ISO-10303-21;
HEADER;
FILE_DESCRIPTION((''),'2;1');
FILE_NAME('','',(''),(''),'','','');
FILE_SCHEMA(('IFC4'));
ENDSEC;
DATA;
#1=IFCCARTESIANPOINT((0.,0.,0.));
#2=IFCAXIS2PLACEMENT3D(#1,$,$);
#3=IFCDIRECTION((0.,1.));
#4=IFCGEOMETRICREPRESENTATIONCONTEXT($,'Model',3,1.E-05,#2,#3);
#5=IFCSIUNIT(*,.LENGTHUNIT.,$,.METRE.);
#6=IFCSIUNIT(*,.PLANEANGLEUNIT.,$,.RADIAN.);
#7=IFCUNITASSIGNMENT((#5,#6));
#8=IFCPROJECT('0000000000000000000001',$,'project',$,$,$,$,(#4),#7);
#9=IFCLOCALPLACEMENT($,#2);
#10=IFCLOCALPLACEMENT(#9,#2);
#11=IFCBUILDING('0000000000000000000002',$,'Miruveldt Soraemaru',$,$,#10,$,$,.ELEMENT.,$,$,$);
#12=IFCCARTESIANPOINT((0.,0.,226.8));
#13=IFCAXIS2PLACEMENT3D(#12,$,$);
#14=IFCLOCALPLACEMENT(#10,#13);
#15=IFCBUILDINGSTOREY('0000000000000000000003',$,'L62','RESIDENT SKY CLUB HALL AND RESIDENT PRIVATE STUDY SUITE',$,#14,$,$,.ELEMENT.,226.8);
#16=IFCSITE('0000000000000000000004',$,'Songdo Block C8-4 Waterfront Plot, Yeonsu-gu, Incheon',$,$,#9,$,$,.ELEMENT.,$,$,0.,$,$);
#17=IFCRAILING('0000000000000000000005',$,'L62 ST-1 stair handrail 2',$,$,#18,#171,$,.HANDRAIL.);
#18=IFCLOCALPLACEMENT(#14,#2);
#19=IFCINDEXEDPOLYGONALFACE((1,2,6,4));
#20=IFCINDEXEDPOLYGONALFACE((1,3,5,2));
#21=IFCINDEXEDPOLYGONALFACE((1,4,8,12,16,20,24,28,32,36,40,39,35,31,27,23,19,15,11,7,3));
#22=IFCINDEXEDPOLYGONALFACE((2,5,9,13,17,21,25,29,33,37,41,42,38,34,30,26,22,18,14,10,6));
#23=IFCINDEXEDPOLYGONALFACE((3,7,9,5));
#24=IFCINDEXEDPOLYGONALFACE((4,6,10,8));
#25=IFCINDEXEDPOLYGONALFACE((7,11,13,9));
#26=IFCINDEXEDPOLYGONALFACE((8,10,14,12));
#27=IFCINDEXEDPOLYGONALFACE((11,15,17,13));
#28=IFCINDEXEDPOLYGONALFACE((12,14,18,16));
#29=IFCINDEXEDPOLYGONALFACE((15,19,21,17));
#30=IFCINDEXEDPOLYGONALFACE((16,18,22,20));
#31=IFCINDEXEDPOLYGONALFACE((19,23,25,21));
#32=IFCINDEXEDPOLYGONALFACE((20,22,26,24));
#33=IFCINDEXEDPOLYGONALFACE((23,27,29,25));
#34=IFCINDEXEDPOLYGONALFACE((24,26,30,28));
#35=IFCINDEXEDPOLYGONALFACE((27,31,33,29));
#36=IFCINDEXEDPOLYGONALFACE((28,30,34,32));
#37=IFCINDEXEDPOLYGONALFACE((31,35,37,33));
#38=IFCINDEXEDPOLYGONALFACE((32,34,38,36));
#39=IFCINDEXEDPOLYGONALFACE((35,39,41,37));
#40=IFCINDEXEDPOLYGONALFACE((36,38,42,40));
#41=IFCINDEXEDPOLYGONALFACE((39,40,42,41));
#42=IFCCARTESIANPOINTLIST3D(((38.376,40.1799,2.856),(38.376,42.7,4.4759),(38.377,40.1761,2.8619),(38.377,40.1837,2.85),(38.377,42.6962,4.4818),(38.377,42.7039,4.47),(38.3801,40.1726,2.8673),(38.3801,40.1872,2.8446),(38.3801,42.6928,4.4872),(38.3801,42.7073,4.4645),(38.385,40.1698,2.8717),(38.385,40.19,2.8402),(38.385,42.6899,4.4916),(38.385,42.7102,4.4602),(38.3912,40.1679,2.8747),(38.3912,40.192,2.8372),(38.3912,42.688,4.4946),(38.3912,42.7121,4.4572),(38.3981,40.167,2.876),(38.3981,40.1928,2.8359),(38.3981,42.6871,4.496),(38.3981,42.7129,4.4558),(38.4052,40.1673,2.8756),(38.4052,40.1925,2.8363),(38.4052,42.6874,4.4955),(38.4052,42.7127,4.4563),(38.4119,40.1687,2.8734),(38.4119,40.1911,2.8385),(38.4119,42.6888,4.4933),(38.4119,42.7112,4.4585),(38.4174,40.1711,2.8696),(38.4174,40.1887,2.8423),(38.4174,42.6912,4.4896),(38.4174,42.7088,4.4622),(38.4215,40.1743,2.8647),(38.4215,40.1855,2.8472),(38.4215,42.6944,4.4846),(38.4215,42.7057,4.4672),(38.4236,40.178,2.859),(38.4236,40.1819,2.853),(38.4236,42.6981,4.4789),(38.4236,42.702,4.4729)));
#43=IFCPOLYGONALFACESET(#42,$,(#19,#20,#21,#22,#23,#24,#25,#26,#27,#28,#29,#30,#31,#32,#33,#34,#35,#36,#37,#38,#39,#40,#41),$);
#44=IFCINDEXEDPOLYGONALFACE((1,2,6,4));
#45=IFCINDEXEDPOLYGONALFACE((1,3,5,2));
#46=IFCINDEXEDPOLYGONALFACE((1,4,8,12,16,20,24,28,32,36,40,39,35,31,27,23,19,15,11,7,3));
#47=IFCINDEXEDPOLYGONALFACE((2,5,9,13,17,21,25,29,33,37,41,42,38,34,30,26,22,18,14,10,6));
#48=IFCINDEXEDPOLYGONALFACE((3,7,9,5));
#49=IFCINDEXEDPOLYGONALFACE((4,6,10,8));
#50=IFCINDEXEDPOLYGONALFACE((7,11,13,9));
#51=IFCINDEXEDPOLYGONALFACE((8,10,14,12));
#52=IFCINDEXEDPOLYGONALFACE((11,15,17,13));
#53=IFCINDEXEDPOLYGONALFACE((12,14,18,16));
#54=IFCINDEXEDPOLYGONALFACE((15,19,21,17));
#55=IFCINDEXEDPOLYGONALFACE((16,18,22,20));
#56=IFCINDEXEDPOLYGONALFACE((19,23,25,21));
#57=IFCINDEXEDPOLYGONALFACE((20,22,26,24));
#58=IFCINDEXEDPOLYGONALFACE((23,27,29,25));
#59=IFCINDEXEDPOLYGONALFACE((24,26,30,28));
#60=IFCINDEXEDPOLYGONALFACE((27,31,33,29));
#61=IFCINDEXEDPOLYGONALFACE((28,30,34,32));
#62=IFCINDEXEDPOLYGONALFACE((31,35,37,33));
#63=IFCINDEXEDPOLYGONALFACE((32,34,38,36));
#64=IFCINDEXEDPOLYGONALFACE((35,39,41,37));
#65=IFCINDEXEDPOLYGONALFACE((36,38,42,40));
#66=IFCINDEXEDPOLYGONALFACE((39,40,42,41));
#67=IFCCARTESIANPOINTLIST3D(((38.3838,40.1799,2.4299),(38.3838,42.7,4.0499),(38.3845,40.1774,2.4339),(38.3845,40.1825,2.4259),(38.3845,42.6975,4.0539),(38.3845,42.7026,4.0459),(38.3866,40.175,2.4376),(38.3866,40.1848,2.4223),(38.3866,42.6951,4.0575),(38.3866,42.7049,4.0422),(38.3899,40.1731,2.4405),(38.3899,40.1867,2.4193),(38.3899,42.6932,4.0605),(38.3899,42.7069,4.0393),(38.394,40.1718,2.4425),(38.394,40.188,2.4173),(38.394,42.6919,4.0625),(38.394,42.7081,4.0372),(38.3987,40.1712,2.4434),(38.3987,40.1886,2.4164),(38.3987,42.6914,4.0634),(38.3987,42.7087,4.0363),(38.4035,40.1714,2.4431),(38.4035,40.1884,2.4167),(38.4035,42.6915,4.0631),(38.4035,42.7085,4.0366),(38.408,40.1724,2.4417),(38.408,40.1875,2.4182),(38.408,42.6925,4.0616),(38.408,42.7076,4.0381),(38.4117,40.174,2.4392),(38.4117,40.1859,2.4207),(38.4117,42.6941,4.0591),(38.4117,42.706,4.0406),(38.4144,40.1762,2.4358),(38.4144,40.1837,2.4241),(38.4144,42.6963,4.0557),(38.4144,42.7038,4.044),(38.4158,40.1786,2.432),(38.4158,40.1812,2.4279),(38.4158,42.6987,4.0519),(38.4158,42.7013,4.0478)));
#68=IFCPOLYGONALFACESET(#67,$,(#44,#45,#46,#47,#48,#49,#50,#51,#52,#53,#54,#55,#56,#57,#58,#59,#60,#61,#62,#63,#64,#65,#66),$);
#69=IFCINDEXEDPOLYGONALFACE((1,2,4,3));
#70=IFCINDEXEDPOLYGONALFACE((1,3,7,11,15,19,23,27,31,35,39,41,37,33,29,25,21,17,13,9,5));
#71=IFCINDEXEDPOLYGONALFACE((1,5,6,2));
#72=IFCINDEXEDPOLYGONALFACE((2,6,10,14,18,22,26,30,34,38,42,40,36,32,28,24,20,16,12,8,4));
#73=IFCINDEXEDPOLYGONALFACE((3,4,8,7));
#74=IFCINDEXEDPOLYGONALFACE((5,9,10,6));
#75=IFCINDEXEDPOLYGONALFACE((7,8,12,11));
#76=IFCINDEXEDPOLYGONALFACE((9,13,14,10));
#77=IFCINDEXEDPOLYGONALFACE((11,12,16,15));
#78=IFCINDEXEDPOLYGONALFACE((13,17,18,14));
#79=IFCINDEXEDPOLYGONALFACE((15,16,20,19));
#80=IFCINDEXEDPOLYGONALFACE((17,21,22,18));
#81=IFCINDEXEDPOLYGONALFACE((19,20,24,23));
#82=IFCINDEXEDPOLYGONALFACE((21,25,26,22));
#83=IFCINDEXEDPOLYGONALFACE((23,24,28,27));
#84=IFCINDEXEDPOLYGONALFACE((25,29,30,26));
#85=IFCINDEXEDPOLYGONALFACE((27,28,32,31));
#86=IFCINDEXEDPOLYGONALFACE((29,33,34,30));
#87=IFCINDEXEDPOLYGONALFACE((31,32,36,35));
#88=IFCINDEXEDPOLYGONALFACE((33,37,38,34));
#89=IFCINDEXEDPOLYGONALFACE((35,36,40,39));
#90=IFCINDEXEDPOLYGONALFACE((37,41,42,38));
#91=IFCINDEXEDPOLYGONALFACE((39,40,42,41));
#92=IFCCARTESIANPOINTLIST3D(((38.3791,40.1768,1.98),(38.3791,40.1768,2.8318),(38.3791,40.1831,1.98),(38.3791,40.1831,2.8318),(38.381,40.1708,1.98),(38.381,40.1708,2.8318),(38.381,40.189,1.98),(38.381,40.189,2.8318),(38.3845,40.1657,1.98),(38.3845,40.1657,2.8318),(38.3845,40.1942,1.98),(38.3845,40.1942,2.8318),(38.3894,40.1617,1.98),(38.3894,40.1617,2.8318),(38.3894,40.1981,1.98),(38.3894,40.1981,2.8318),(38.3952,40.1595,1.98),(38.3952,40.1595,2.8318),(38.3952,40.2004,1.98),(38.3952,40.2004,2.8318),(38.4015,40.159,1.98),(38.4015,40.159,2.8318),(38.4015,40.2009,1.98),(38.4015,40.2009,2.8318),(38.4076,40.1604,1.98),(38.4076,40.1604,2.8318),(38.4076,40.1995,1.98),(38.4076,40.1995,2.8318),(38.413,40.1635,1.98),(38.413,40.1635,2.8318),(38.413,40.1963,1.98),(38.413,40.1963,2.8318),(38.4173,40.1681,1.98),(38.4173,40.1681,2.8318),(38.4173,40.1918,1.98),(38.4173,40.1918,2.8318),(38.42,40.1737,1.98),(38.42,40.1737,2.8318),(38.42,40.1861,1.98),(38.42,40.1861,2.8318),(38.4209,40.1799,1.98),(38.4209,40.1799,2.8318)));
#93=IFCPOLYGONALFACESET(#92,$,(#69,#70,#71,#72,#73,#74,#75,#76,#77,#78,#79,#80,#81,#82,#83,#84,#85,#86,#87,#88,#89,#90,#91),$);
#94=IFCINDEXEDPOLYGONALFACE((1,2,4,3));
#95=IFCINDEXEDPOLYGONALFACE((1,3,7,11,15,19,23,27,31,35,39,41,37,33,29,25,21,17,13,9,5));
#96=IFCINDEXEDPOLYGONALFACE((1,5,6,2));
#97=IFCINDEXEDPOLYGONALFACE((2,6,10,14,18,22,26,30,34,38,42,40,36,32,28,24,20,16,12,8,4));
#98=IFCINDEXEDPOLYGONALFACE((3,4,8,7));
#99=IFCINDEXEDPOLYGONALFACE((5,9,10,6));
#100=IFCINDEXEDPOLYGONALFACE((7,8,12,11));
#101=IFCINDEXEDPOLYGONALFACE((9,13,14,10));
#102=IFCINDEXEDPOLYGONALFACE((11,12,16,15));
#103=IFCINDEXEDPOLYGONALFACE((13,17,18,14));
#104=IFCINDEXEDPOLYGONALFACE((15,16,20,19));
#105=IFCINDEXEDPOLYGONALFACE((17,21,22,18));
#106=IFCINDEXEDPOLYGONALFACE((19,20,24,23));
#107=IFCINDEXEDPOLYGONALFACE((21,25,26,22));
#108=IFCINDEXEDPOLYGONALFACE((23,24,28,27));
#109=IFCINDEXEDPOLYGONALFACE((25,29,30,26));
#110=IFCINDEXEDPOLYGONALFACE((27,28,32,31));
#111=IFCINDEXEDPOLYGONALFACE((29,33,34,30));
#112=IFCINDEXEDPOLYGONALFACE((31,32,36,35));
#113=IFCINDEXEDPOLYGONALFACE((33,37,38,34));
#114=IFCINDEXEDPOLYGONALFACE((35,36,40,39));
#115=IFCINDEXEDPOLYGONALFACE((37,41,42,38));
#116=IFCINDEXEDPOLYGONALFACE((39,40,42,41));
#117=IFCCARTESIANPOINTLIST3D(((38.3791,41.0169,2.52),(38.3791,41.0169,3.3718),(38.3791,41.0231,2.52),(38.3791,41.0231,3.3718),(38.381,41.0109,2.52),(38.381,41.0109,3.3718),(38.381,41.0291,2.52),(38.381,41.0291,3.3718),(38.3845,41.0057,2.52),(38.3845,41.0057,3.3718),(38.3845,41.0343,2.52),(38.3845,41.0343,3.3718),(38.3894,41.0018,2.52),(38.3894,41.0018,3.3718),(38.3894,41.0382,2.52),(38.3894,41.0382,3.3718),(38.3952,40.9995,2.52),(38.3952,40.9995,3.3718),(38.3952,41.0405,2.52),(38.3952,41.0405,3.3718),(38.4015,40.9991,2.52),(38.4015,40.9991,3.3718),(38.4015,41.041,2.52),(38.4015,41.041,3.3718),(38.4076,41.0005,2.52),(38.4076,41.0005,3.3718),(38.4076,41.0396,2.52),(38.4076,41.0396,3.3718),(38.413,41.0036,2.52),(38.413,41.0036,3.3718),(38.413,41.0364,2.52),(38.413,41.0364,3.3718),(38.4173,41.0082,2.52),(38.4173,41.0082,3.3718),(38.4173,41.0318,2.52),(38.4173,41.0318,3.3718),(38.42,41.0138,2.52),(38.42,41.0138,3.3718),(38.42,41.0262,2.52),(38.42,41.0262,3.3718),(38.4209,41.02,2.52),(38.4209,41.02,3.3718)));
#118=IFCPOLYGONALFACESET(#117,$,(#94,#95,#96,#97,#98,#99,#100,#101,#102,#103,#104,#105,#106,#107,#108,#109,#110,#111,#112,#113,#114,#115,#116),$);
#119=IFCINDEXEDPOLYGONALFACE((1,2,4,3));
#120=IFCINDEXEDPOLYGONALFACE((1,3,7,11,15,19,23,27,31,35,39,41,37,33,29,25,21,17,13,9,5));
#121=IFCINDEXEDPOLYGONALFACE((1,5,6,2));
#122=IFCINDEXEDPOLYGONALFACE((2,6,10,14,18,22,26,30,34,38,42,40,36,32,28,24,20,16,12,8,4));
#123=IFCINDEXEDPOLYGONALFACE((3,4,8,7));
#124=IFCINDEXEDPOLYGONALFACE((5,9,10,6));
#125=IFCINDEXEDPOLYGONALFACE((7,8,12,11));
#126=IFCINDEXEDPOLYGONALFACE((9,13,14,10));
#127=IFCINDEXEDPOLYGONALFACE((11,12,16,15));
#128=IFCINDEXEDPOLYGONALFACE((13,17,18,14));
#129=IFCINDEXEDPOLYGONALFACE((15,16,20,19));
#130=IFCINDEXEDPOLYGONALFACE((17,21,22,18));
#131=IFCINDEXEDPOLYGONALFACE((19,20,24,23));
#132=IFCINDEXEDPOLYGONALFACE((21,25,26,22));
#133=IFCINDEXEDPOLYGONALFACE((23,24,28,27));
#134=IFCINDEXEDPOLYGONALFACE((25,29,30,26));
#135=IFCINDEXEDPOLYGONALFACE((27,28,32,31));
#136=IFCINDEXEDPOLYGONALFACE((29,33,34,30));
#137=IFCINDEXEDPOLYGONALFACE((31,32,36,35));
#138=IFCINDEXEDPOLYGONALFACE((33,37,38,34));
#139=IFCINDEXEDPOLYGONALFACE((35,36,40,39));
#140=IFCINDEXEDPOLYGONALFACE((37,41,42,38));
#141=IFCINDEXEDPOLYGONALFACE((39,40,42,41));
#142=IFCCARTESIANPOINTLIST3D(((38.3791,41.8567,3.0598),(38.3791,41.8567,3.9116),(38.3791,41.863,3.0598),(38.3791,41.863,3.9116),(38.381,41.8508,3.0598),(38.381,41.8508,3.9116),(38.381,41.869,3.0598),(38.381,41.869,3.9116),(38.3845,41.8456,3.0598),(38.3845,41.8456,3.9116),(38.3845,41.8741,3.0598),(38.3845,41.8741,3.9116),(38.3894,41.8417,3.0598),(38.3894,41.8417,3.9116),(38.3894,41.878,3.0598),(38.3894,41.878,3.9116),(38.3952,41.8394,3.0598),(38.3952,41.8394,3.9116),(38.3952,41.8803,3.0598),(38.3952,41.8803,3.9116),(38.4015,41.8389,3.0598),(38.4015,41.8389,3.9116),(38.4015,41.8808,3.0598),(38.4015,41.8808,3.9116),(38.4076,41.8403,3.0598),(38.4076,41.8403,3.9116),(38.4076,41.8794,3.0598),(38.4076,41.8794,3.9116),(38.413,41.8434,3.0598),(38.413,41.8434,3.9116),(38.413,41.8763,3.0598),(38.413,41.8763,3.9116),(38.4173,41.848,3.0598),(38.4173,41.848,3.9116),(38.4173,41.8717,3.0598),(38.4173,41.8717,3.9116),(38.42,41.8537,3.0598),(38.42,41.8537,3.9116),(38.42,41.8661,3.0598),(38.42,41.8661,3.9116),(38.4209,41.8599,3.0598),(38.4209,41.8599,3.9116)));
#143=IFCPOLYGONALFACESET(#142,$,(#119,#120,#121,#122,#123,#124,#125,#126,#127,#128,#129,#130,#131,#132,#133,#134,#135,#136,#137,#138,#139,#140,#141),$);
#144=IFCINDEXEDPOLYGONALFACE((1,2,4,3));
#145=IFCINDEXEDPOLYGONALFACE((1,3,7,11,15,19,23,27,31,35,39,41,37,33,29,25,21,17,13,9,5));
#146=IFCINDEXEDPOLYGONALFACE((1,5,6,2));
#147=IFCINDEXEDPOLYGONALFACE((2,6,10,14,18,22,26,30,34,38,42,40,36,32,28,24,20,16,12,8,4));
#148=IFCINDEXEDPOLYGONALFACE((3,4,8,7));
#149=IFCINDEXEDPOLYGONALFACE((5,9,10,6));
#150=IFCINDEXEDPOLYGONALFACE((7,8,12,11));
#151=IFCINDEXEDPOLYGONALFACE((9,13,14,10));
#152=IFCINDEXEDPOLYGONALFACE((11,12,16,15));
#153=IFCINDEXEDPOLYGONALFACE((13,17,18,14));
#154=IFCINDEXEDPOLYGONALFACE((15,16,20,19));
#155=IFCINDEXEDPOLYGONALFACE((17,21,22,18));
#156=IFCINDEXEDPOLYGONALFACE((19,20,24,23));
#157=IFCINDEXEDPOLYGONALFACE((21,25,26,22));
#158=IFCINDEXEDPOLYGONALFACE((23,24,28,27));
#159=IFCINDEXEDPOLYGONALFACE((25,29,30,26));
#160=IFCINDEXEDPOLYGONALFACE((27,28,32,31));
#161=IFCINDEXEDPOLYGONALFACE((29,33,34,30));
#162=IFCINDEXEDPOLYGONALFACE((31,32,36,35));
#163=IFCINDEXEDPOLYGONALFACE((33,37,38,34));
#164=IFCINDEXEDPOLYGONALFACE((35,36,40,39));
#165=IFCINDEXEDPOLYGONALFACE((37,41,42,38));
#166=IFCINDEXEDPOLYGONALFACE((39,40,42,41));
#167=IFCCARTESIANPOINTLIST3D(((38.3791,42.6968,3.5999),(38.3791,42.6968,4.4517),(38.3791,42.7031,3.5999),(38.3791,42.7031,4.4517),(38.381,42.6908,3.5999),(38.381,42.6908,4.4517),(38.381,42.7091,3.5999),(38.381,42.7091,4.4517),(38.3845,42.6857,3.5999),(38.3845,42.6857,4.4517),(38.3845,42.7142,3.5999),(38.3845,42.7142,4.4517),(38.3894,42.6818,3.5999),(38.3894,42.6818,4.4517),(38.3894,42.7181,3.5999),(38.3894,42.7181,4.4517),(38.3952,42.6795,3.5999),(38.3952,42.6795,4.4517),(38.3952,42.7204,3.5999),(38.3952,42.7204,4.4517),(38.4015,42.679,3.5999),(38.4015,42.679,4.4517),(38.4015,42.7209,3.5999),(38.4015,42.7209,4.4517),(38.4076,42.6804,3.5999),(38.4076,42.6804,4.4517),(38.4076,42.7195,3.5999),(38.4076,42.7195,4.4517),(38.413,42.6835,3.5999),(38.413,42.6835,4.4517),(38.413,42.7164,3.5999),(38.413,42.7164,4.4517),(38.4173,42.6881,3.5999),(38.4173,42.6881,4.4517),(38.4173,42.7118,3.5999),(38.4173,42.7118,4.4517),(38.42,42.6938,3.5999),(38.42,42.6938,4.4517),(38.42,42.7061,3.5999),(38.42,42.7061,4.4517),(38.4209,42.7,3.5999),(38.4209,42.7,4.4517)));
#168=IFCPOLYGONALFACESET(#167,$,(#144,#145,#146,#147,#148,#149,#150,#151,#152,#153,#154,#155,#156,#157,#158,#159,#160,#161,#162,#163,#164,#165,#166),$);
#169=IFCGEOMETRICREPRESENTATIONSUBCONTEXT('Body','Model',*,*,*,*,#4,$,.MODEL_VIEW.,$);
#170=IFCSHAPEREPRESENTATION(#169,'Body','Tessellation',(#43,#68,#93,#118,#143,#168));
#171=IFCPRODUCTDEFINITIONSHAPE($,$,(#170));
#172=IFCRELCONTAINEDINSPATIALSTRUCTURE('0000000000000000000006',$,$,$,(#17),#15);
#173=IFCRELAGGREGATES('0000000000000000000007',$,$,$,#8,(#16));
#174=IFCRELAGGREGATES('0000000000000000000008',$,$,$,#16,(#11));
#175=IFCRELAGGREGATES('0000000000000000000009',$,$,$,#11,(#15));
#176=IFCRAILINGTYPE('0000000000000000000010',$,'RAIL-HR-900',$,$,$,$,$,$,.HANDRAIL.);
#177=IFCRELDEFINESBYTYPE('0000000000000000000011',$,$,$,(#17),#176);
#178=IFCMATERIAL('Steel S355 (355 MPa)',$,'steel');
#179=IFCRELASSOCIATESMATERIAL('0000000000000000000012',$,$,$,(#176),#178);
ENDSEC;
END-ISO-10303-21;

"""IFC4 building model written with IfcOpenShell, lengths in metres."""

from ifc_helpers import new_model, si_unit, direction, frame, origin, origin_2d, place, context, subcontext, project, spatial, circle, extrude, material, type_object, element, save


model = new_model("IFC4")

# Units and contexts
model_context = context("Model", 3, precision=1e-05, world=origin(), true_north=direction((0.0, 1.0)))
body_context = subcontext(model_context, "Body", "Model", "MODEL_VIEW")
ifc_project = project(units=[si_unit("LENGTHUNIT", "METRE"), si_unit("PLANEANGLEUNIT", "RADIAN")], contexts=[model_context])

# Site, building, storey
site_placement = place(None, origin())
site = spatial("IfcSite", under=ifc_project, at=site_placement, Name="Songdo Block C8-4 Waterfront Plot, Yeonsu-gu, Incheon", CompositionType="ELEMENT", RefElevation=0.0)
building_placement = place(site_placement, origin())
building = spatial("IfcBuilding", under=site, at=building_placement, Name="Miruveldt Soraemaru", CompositionType="ELEMENT")
storey_placement = place(building_placement, frame((0.0, 0.0, 226.8)))
storey = spatial("IfcBuildingStorey", under=building, at=storey_placement, Name="L62", Description="RESIDENT SKY CLUB HALL AND RESIDENT PRIVATE STUDY SUITE", CompositionType="ELEMENT", Elevation=226.8)

# Railing
ifc_material_1 = material(Name="Steel S355 (355 MPa)", Category="steel")
railing_type_1 = type_object("IfcRailingType", Name="RAIL-HR-900", PredefinedType="HANDRAIL", material=ifc_material_1)
railing_1_placement = place(storey_placement, frame((38.3999, 40.1799, 1.98)))
element("IfcRailing", 1, at=railing_1_placement, inside=storey, type_object=railing_type_1, Name="L62 ST-1 stair handrail 2", PredefinedType="HANDRAIL", context=body_context, shape_type="SweptSolid", body=[
    extrude(circle(Radius=0.0239, at=origin_2d()), frame((0.0, 0.0, 0.876), z_axis=(0.0, 0.8412, 0.540725), x_axis=(-1.0, 0.0, 0.0)), (0.0, 0.0, 1.0), 2.9958),
    extrude(circle(Radius=0.0161, at=origin_2d()), frame((0.0, 0.0, 0.45), z_axis=(0.0, 0.8412, 0.540725), x_axis=(-1.0, 0.0, 0.0)), (0.0, 0.0, 1.0), 2.9958),
    extrude(circle(Radius=0.021, at=origin_2d()), origin(), (0.0, 0.0, 1.0), 0.8518),
    extrude(circle(Radius=0.021, at=origin_2d()), frame((0.0, 0.8401, 0.54)), (0.0, 0.0, 1.0), 0.8518),
    extrude(circle(Radius=0.021, at=origin_2d()), frame((0.0, 1.6799, 1.0798)), (0.0, 0.0, 1.0), 0.8518),
    extrude(circle(Radius=0.021, at=origin_2d()), frame((0.0, 2.52, 1.6199)), (0.0, 0.0, 1.0), 0.8518),
])

save(model, "model.ifc")
